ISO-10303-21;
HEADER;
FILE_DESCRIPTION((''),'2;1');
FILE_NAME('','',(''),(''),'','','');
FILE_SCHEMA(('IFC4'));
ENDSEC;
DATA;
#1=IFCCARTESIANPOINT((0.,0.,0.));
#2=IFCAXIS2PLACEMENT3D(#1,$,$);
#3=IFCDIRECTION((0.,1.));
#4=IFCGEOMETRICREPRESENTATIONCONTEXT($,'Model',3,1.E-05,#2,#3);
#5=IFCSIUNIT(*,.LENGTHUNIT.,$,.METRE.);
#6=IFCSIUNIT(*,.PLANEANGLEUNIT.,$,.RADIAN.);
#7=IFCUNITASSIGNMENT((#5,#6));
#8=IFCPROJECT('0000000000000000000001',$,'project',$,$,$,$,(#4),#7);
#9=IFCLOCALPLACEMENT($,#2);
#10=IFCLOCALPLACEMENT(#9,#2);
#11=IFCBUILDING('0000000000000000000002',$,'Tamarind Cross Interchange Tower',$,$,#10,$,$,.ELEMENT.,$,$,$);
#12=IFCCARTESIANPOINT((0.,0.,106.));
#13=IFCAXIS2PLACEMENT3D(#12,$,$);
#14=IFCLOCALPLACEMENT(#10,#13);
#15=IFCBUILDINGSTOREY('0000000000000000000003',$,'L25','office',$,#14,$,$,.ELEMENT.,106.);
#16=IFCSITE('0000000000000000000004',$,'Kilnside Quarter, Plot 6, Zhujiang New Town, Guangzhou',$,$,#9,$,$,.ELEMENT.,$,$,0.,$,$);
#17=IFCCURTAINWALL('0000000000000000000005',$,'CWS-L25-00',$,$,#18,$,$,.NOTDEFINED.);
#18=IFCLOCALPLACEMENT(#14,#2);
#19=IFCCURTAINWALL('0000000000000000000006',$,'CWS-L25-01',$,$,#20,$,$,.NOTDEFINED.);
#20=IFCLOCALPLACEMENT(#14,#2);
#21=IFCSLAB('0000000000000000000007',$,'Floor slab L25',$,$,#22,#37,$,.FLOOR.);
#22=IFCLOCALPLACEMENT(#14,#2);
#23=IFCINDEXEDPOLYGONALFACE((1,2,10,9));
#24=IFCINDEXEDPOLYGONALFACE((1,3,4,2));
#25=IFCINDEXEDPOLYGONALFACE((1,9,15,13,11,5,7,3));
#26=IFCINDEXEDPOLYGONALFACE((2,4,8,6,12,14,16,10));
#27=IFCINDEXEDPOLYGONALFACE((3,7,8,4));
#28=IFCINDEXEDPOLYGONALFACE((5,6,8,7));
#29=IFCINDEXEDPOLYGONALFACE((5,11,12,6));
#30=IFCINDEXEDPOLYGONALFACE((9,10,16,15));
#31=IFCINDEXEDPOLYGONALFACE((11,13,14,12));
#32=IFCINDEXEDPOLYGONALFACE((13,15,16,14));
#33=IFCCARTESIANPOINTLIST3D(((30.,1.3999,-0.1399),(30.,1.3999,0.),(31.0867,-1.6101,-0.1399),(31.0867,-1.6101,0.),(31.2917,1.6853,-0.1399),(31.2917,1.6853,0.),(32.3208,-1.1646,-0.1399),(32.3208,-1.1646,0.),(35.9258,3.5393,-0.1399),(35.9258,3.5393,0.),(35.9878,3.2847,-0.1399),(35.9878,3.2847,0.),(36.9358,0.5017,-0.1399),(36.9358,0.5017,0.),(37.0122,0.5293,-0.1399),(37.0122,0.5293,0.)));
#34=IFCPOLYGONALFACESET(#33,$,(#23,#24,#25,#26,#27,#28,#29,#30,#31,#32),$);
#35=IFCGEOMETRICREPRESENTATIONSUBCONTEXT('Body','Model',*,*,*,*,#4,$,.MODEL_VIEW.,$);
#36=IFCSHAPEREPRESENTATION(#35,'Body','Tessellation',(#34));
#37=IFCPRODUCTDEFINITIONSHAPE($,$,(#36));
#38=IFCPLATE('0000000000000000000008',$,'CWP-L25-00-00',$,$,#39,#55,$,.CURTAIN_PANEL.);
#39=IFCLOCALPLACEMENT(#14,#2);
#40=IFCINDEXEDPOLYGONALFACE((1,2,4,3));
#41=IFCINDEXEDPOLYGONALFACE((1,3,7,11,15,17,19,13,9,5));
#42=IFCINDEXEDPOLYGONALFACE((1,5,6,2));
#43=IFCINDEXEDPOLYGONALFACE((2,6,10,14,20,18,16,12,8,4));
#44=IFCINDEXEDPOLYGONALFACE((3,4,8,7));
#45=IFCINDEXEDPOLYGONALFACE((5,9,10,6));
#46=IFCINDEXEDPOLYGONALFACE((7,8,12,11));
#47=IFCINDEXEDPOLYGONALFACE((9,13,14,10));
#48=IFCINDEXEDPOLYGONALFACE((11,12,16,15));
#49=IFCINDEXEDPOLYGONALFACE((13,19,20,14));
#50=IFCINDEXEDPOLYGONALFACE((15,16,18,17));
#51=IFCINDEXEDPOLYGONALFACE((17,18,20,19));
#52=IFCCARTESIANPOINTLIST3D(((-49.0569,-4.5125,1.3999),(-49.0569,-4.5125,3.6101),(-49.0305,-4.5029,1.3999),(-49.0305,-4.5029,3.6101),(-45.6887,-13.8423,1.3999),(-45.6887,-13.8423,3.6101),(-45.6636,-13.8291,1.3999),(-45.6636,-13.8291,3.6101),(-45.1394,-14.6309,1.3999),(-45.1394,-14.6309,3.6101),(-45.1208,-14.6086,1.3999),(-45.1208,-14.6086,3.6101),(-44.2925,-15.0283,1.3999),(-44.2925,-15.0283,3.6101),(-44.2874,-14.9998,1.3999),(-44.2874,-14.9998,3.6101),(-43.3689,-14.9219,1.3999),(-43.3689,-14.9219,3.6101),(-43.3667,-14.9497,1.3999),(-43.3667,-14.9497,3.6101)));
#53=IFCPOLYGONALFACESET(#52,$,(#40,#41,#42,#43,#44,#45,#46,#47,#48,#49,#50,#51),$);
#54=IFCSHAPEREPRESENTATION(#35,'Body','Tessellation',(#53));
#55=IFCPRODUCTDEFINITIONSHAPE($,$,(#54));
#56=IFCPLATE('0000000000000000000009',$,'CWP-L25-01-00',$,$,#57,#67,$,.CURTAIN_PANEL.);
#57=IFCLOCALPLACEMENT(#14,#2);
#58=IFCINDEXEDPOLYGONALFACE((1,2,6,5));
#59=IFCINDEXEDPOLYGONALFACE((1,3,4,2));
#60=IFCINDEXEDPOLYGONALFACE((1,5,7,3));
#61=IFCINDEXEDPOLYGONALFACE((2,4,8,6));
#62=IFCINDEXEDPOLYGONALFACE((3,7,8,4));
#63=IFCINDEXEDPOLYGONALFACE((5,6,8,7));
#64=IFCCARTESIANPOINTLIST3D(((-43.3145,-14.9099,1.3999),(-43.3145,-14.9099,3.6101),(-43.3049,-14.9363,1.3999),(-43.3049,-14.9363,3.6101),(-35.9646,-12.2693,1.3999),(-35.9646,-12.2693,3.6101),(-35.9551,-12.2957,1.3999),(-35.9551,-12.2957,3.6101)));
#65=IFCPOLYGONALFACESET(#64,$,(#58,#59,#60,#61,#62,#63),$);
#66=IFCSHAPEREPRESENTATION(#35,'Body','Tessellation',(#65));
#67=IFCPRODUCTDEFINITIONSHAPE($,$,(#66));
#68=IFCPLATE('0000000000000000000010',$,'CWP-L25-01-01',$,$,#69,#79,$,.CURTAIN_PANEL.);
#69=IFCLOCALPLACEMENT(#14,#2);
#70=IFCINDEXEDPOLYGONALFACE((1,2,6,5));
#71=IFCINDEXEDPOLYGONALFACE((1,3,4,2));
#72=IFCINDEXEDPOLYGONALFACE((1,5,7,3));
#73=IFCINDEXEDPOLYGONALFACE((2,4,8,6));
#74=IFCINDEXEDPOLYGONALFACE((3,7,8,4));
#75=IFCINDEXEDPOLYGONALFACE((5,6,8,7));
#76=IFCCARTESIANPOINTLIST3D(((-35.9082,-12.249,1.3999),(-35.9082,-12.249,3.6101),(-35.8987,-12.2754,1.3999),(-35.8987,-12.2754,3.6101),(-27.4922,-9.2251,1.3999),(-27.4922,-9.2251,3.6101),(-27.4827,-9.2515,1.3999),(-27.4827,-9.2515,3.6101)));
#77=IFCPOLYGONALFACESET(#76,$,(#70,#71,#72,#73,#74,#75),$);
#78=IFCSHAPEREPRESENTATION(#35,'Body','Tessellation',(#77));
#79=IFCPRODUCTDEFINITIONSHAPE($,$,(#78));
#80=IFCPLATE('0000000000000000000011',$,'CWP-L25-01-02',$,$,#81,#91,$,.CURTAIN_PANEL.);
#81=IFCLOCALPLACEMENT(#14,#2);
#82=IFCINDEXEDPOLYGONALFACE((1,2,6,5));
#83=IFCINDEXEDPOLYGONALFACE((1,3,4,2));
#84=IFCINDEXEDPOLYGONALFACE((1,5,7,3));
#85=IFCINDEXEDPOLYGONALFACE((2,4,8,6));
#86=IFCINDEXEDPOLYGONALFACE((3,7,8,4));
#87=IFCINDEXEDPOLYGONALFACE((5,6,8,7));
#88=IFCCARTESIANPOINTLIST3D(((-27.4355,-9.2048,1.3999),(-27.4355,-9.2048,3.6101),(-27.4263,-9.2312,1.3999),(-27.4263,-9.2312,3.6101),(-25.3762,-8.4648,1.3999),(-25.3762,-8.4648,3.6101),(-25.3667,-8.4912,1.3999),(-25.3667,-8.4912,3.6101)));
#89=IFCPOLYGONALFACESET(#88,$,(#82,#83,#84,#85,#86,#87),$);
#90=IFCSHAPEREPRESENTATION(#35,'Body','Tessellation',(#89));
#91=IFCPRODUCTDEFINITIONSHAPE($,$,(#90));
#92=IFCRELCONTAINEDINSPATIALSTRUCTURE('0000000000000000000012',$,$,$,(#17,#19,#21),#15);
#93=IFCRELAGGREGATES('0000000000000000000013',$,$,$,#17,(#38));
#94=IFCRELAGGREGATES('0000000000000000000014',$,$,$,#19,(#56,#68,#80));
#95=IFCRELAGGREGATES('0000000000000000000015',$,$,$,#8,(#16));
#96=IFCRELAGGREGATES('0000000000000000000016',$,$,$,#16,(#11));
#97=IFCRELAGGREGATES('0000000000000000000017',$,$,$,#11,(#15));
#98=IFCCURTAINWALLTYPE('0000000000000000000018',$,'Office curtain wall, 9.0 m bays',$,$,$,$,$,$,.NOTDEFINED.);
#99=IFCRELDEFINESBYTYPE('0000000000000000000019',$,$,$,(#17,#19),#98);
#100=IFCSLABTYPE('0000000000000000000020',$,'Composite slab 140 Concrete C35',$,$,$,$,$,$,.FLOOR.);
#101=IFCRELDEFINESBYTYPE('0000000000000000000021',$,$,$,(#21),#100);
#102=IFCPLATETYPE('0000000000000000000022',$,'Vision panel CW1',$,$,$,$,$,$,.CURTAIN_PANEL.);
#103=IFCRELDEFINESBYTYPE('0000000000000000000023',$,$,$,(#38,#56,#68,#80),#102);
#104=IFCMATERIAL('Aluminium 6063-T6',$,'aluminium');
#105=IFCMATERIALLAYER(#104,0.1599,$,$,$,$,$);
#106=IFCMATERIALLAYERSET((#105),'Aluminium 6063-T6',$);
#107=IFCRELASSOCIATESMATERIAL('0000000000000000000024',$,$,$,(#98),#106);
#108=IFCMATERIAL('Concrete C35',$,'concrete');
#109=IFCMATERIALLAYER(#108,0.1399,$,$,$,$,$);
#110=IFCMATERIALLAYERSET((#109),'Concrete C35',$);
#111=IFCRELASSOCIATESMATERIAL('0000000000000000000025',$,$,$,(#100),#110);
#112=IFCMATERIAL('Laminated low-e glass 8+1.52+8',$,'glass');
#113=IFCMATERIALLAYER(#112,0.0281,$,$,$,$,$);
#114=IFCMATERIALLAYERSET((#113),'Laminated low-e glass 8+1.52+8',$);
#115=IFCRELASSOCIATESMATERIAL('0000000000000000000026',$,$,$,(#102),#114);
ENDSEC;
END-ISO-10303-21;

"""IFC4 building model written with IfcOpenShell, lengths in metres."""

from ifc_helpers import new_model, si_unit, direction, frame, origin, place, context, subcontext, project, spatial, polyline, outline, extrude, material, layer, layer_set, type_object, element, aggregate, save


model = new_model("IFC4")

# Units and contexts
model_context = context("Model", 3, precision=1e-05, world=origin(), true_north=direction((0.0, 1.0)))
body_context = subcontext(model_context, "Body", "Model", "MODEL_VIEW")
ifc_project = project(units=[si_unit("LENGTHUNIT", "METRE"), si_unit("PLANEANGLEUNIT", "RADIAN")], contexts=[model_context])

# Site, building, storey
site_placement = place(None, origin())
site = spatial("IfcSite", under=ifc_project, at=site_placement, Name="Kilnside Quarter, Plot 6, Zhujiang New Town, Guangzhou", CompositionType="ELEMENT", RefElevation=0.0)
building_placement = place(site_placement, origin())
building = spatial("IfcBuilding", under=site, at=building_placement, Name="Tamarind Cross Interchange Tower", CompositionType="ELEMENT")
storey_placement = place(building_placement, frame((0.0, 0.0, 106.0)))
storey = spatial("IfcBuildingStorey", under=building, at=storey_placement, Name="L25", Description="office", CompositionType="ELEMENT", Elevation=106.0)

# Curtain walls
ifc_material_1 = material(Name="Aluminium 6063-T6", Category="aluminium")
ifc_layer_1 = layer(ifc_material_1, 0.1599)
ifc_layer_set_1 = layer_set([ifc_layer_1], Name="Aluminium 6063-T6")
curtain_wall_type = type_object("IfcCurtainWallType", Name="Office curtain wall, 9.0 m bays", PredefinedType="NOTDEFINED", material=ifc_layer_set_1)
curtain_wall_1_placement = place(storey_placement, origin())
curtain_wall_1 = element("IfcCurtainWall", 1, at=curtain_wall_1_placement, inside=storey, type_object=curtain_wall_type, Name="CWS-L25-00", PredefinedType="NOTDEFINED")
curtain_wall_2_placement = place(storey_placement, origin())
curtain_wall_2 = element("IfcCurtainWall", 2, at=curtain_wall_2_placement, inside=storey, type_object=curtain_wall_type, Name="CWS-L25-01", PredefinedType="NOTDEFINED")

# Slab
ifc_material_2 = material(Name="Concrete C35", Category="concrete")
ifc_layer_2 = layer(ifc_material_2, 0.1399)
ifc_layer_set_2 = layer_set([ifc_layer_2], Name="Concrete C35")
slab_type = type_object("IfcSlabType", Name="Composite slab 140 Concrete C35", PredefinedType="FLOOR", material=ifc_layer_set_2)
slab_1_placement = place(storey_placement, frame((0.0, 0.0, -0.1399)))
element("IfcSlab", 3, at=slab_1_placement, inside=storey, type_object=slab_type, Name="Floor slab L25", PredefinedType="FLOOR", context=body_context, shape_type="SweptSolid", body=[
    extrude(outline(polyline([(37.0122, 0.5293), (35.9258, 3.5393), (30.0, 1.3999), (31.0867, -1.6101), (32.3208, -1.1646), (31.2917, 1.6853), (35.9878, 3.2847), (36.9358, 0.5017), (37.0122, 0.5293)])), origin(), (0.0, 0.0, 1.0), 0.1399),
])

# Plates
ifc_material_3 = material(Name="Laminated low-e glass 8+1.52+8", Category="glass")
ifc_layer_3 = layer(ifc_material_3, 0.0281)
ifc_layer_set_3 = layer_set([ifc_layer_3], Name="Laminated low-e glass 8+1.52+8")
plate_type = type_object("IfcPlateType", Name="Vision panel CW1", PredefinedType="CURTAIN_PANEL", material=ifc_layer_set_3)
plate_1_placement = place(storey_placement, frame((0.0, 0.0, 1.3999)))
plate_1 = element("IfcPlate", 4, at=plate_1_placement, type_object=plate_type, Name="CWP-L25-00-00", PredefinedType="CURTAIN_PANEL", context=body_context, shape_type="SweptSolid", body=[
    extrude(outline(polyline([(-49.0305, -4.5029), (-45.6636, -13.8291), (-45.1208, -14.6086), (-44.2874, -14.9998), (-43.3689, -14.9219), (-43.3667, -14.9497), (-44.2925, -15.0283), (-45.1394, -14.6309), (-45.6887, -13.8423), (-49.0569, -4.5125), (-49.0305, -4.5029)])), origin(), (0.0, 0.0, 1.0), 2.2102),
])
aggregate(curtain_wall_1, [plate_1])
plate_2_placement = place(storey_placement, frame((0.0, 0.0, 1.3999)))
plate_2 = element("IfcPlate", 5, at=plate_2_placement, type_object=plate_type, Name="CWP-L25-01-00", PredefinedType="CURTAIN_PANEL", context=body_context, shape_type="SweptSolid", body=[
    extrude(outline(polyline([(-43.3145, -14.9099), (-35.9646, -12.2693), (-35.9551, -12.2957), (-43.3049, -14.9363), (-43.3145, -14.9099)])), origin(), (0.0, 0.0, 1.0), 2.2102),
])
plate_3_placement = place(storey_placement, frame((0.0, 0.0, 1.3999)))
plate_3 = element("IfcPlate", 6, at=plate_3_placement, type_object=plate_type, Name="CWP-L25-01-01", PredefinedType="CURTAIN_PANEL", context=body_context, shape_type="SweptSolid", body=[
    extrude(outline(polyline([(-35.9082, -12.249), (-27.4922, -9.2251), (-27.4827, -9.2515), (-35.8987, -12.2754), (-35.9082, -12.249)])), origin(), (0.0, 0.0, 1.0), 2.2102),
])
plate_4_placement = place(storey_placement, frame((0.0, 0.0, 1.3999)))
plate_4 = element("IfcPlate", 7, at=plate_4_placement, type_object=plate_type, Name="CWP-L25-01-02", PredefinedType="CURTAIN_PANEL", context=body_context, shape_type="SweptSolid", body=[
    extrude(outline(polyline([(-27.4355, -9.2048), (-25.3762, -8.4648), (-25.3667, -8.4912), (-27.4263, -9.2312), (-27.4355, -9.2048)])), origin(), (0.0, 0.0, 1.0), 2.2102),
])
aggregate(curtain_wall_2, [plate_2, plate_3, plate_4])

save(model, "model.ifc")
